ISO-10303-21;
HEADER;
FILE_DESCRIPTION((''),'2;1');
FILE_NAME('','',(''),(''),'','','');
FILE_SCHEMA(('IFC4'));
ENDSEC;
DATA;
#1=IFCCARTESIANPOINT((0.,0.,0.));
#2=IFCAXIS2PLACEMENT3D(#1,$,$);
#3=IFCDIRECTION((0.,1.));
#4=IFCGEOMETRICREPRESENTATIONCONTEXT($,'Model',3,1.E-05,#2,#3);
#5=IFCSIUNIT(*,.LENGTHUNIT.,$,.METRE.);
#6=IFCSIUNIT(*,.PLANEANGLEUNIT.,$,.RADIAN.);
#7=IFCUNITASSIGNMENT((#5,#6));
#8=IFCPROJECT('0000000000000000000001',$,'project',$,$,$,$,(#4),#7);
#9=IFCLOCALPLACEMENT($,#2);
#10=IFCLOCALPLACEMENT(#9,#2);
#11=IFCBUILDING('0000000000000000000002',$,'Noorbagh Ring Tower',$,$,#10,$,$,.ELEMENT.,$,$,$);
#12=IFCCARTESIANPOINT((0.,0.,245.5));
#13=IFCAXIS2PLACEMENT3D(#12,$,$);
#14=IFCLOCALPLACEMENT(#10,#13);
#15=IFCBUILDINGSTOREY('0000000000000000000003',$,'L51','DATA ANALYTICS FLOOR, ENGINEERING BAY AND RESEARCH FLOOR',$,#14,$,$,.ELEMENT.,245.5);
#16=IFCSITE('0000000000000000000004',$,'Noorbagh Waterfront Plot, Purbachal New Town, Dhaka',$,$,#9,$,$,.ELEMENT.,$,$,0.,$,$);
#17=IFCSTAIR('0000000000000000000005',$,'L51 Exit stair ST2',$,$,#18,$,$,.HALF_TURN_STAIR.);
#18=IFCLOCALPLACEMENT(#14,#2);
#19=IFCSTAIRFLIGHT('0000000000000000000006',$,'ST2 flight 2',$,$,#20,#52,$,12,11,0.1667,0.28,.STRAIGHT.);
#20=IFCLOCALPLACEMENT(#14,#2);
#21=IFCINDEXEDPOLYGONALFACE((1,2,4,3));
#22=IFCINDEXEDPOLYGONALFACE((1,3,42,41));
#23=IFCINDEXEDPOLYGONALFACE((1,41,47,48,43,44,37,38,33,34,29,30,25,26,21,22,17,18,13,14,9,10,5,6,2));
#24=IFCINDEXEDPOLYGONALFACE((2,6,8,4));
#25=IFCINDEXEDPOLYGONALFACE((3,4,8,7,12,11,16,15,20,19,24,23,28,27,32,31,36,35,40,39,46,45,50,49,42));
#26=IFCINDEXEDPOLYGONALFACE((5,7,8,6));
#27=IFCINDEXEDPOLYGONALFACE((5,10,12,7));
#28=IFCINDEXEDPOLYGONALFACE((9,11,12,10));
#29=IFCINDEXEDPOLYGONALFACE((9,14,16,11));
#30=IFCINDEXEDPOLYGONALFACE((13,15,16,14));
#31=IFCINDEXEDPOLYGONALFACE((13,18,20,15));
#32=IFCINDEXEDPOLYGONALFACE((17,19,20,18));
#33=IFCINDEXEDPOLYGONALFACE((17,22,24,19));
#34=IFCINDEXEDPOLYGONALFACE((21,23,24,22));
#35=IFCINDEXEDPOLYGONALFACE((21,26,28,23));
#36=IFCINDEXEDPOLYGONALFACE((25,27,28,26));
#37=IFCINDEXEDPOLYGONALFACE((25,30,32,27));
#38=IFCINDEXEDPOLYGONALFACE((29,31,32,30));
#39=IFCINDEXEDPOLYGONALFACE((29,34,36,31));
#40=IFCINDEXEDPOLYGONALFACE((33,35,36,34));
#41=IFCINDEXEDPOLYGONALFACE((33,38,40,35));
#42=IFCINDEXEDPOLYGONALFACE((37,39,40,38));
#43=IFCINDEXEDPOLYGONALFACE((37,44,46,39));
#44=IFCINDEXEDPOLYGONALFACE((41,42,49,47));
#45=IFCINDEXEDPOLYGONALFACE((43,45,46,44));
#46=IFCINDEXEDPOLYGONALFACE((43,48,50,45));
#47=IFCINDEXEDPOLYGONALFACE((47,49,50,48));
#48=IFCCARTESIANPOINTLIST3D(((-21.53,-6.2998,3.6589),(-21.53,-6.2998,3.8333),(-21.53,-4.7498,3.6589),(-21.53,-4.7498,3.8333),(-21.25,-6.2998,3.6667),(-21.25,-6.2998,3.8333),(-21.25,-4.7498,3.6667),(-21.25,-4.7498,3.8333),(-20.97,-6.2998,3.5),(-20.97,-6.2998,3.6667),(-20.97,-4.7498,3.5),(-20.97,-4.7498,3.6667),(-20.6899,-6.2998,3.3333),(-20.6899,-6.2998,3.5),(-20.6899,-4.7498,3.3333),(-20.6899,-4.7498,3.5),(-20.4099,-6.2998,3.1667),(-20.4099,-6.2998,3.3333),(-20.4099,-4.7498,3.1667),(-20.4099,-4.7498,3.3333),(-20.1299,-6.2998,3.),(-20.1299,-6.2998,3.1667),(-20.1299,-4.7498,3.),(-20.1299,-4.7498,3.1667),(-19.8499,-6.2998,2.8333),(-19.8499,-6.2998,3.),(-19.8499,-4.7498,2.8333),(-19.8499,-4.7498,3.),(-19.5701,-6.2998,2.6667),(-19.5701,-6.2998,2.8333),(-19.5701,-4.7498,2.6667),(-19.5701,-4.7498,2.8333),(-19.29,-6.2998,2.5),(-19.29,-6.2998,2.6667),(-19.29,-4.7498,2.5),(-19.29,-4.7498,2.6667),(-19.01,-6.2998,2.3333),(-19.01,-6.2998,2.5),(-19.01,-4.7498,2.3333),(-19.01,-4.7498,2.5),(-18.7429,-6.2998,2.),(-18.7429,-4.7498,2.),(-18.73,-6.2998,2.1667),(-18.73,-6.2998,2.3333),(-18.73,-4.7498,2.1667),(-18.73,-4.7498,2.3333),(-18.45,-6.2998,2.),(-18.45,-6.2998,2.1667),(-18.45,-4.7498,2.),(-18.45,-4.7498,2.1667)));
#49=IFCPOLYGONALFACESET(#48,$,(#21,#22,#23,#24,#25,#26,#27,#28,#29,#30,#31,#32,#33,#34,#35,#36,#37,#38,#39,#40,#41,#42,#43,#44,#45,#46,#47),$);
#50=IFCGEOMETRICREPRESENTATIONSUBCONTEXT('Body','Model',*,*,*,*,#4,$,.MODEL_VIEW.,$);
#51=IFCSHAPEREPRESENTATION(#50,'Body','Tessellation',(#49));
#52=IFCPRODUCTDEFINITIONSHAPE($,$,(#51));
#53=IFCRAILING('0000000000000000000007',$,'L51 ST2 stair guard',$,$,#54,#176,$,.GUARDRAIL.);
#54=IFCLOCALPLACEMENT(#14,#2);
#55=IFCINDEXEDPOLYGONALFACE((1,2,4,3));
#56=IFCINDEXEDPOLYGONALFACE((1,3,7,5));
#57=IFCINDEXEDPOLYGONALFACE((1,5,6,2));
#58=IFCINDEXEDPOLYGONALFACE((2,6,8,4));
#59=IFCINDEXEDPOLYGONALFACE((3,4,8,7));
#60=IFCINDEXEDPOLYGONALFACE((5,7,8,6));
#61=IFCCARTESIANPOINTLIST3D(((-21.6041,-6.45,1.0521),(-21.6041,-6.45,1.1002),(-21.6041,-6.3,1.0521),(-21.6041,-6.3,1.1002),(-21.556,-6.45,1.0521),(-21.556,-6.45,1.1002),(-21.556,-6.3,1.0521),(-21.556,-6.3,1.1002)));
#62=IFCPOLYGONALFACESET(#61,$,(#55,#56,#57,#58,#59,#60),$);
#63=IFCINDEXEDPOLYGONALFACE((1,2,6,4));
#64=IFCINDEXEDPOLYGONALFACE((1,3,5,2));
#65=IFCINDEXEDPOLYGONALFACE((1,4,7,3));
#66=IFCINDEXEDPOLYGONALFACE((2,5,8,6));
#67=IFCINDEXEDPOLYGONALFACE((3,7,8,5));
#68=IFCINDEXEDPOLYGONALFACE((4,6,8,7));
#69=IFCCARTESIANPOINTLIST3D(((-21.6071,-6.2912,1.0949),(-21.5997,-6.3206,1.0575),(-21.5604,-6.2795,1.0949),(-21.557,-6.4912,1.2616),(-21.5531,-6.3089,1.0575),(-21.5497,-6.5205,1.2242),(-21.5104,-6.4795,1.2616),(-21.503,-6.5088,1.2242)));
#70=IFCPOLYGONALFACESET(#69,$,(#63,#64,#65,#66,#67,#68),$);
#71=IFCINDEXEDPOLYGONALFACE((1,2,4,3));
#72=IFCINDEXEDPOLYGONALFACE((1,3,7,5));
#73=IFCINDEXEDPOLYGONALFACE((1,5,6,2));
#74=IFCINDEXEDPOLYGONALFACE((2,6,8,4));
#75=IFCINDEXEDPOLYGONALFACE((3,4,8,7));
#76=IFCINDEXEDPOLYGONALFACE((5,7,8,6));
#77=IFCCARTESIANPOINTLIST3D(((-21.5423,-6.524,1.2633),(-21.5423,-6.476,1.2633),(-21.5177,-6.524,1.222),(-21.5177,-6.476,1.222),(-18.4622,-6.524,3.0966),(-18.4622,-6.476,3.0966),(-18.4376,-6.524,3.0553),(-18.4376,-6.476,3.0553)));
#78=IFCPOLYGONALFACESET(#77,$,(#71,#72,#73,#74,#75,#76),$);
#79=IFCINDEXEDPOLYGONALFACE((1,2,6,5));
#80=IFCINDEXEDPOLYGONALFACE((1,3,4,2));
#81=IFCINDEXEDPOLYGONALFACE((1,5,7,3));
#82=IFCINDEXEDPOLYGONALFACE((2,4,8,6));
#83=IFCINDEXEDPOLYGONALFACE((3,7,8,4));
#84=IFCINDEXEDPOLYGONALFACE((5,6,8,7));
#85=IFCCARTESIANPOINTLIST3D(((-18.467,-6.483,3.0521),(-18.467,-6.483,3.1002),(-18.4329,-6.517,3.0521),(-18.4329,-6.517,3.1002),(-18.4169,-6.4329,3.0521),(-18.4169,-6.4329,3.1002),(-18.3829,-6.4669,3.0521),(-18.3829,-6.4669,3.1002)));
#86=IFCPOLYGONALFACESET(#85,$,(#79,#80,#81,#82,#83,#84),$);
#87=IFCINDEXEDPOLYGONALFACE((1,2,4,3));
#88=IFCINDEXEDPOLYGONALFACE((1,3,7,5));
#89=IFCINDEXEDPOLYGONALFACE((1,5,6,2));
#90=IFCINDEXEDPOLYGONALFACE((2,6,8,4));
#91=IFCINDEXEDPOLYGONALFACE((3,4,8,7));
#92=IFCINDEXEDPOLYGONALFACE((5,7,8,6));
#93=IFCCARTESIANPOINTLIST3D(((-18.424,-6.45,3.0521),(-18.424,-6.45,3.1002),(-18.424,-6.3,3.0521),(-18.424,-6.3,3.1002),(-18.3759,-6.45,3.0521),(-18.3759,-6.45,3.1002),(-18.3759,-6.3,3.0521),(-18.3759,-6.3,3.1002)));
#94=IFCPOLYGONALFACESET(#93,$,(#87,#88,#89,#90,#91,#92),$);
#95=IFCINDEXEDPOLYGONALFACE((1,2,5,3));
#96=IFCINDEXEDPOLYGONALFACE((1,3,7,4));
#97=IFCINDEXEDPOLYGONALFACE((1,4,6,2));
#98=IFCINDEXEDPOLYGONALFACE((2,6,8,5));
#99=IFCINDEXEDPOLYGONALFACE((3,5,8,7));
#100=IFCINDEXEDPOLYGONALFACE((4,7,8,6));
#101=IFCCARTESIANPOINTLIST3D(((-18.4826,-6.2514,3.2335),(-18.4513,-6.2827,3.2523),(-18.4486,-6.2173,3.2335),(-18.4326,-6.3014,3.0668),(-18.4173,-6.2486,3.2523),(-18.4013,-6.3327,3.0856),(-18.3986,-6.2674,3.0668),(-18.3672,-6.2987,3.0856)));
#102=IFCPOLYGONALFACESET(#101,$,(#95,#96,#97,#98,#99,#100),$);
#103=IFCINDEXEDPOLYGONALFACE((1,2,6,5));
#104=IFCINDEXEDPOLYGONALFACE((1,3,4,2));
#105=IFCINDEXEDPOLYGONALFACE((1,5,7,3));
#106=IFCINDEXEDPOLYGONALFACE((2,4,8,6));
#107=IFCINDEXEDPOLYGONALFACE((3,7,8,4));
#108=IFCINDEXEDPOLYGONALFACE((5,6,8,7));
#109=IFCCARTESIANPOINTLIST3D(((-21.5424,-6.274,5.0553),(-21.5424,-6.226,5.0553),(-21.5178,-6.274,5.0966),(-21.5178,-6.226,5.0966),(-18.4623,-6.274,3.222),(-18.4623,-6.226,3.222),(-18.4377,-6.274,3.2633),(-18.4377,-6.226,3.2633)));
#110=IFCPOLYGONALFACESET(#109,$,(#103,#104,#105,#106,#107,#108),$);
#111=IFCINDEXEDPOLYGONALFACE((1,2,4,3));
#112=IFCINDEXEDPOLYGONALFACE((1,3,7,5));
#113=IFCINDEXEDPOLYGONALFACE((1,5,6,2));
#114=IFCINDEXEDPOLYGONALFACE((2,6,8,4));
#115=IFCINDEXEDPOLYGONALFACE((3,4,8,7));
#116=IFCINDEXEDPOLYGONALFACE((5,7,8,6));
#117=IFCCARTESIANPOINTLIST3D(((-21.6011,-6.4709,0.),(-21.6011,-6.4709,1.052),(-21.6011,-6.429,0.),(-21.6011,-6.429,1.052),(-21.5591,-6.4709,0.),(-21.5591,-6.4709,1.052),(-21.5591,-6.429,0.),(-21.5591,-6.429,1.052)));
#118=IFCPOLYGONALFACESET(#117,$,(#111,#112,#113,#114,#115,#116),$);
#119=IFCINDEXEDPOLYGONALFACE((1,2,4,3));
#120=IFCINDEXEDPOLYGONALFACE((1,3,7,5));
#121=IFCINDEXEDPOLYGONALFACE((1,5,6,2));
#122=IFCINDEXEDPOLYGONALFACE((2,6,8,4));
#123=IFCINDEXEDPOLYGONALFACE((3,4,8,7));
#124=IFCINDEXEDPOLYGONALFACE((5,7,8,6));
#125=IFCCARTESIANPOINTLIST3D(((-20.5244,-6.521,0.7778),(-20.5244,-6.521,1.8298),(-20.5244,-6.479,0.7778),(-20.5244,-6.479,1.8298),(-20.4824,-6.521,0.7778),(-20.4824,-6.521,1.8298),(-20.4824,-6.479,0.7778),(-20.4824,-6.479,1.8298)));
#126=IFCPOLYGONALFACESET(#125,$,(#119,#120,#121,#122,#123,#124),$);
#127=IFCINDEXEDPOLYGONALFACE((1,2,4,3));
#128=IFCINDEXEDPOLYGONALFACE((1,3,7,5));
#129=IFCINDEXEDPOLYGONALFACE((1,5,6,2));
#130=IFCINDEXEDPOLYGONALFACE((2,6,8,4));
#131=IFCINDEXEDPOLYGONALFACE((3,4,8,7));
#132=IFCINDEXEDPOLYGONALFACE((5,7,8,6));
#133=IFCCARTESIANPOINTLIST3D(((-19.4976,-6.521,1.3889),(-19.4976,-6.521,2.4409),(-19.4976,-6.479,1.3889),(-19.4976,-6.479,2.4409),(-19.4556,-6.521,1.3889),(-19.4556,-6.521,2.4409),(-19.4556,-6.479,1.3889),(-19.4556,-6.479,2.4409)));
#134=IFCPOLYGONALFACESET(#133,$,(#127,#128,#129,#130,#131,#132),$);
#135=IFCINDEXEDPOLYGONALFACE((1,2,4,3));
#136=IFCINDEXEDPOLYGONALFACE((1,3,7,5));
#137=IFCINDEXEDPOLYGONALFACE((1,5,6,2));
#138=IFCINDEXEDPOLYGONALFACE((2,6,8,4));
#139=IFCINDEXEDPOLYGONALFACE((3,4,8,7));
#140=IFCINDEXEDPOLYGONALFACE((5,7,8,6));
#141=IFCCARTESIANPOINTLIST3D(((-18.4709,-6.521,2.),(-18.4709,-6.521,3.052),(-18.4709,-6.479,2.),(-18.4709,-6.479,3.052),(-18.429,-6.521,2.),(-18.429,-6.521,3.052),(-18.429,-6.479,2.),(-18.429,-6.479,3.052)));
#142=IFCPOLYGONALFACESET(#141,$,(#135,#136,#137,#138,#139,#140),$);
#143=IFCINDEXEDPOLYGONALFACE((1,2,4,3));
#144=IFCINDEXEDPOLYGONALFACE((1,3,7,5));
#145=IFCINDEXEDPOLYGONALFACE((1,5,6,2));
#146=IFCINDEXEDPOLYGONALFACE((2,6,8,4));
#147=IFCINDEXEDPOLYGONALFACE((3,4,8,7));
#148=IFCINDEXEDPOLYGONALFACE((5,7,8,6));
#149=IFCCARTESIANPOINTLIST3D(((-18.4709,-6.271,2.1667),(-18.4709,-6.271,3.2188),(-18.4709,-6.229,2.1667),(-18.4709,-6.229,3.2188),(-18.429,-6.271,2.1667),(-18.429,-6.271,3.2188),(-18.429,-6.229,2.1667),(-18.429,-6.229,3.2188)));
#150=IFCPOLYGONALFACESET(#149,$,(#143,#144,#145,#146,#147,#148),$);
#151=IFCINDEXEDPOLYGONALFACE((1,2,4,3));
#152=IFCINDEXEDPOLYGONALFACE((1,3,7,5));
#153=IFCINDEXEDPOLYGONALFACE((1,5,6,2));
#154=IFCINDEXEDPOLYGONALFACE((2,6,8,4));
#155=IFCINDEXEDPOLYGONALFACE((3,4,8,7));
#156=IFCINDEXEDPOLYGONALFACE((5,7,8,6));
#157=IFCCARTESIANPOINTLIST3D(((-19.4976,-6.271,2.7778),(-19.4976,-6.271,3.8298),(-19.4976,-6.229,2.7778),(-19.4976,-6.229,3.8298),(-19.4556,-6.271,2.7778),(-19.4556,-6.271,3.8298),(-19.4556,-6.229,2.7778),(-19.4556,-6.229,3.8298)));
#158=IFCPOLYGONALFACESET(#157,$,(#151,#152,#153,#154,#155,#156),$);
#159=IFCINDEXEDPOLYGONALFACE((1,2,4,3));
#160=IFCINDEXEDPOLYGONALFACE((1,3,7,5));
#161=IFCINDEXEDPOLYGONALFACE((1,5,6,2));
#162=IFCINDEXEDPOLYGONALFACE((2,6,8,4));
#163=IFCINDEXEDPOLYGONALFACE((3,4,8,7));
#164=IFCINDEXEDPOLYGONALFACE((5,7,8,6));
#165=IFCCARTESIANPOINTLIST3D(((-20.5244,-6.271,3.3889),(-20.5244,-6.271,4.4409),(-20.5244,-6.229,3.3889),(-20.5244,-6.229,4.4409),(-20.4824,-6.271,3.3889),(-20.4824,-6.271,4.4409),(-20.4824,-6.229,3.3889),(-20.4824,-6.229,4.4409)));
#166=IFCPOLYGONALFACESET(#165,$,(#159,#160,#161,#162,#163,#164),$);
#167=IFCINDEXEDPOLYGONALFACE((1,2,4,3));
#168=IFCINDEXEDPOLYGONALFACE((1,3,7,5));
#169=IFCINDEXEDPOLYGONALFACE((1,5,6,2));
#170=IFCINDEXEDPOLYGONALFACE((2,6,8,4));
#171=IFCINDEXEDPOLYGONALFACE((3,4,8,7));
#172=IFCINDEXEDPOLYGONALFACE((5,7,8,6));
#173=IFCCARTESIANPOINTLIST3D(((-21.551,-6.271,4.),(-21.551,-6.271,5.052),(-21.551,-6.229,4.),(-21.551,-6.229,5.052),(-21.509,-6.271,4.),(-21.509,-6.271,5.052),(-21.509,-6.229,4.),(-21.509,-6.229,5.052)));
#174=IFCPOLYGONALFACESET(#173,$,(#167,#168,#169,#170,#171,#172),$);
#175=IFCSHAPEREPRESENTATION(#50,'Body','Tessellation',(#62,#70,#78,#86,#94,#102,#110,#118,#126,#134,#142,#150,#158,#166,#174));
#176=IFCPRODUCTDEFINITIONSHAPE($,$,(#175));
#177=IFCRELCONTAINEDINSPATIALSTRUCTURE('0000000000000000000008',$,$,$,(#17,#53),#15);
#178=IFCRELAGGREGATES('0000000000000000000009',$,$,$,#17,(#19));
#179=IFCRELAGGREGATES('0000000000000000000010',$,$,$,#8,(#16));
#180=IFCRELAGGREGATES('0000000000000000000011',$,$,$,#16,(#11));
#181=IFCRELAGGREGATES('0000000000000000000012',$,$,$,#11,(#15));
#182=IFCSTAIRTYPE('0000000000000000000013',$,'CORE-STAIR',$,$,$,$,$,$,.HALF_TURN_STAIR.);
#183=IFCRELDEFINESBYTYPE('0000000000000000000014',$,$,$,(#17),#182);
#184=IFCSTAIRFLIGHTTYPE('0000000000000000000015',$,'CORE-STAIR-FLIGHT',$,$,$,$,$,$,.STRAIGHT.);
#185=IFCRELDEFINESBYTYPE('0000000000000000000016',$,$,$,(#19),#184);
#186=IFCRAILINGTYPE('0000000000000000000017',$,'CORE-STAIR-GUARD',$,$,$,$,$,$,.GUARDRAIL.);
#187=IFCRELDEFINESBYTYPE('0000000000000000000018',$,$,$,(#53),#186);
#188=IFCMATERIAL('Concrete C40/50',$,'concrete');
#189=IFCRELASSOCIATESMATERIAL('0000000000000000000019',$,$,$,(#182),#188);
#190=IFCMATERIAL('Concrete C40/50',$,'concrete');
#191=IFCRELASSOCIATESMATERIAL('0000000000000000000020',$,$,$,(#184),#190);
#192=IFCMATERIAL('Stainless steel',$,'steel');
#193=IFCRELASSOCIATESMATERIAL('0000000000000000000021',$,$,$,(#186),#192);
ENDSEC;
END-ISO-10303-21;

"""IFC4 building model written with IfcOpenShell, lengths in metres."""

from ifc_helpers import new_model, si_unit, direction, frame, origin, origin_2d, place, context, subcontext, project, spatial, polyline, rectangle, outline, extrude, material, type_object, element, aggregate, save


model = new_model("IFC4")

# Units and contexts
model_context = context("Model", 3, precision=1e-05, world=origin(), true_north=direction((0.0, 1.0)))
body_context = subcontext(model_context, "Body", "Model", "MODEL_VIEW")
ifc_project = project(units=[si_unit("LENGTHUNIT", "METRE"), si_unit("PLANEANGLEUNIT", "RADIAN")], contexts=[model_context])

# Site, building, storey
site_placement = place(None, origin())
site = spatial("IfcSite", under=ifc_project, at=site_placement, Name="Noorbagh Waterfront Plot, Purbachal New Town, Dhaka", CompositionType="ELEMENT", RefElevation=0.0)
building_placement = place(site_placement, origin())
building = spatial("IfcBuilding", under=site, at=building_placement, Name="Noorbagh Ring Tower", CompositionType="ELEMENT")
storey_placement = place(building_placement, frame((0.0, 0.0, 245.5)))
storey = spatial("IfcBuildingStorey", under=building, at=storey_placement, Name="L51", Description="DATA ANALYTICS FLOOR, ENGINEERING BAY AND RESEARCH FLOOR", CompositionType="ELEMENT", Elevation=245.5)

# Stair, stair flight
ifc_material_1 = material(Name="Concrete C40/50", Category="concrete")
stair_type = type_object("IfcStairType", Name="CORE-STAIR", PredefinedType="HALF_TURN_STAIR", material=ifc_material_1)
stair_placement = place(storey_placement, origin())
stair = element("IfcStair", 1, at=stair_placement, inside=storey, type_object=stair_type, Name="L51 Exit stair ST2", PredefinedType="HALF_TURN_STAIR")
ifc_material_2 = material(Name="Concrete C40/50", Category="concrete")
stair_flight_type = type_object("IfcStairFlightType", Name="CORE-STAIR-FLIGHT", PredefinedType="STRAIGHT", material=ifc_material_2)
stair_flight_1_placement = place(storey_placement, frame((-18.45, -5.5249, 2.0), z_axis=(0.0, 0.0, 1.0), x_axis=(-1.0, 0.0, 0.0)))
stair_flight_1 = element("IfcStairFlight", 2, at=stair_flight_1_placement, type_object=stair_flight_type, Name="ST2 flight 2", NumberOfRisers=12, NumberOfTreads=11, PredefinedType="STRAIGHT", RiserHeight=0.1667, TreadLength=0.28, context=body_context, shape_type="SweptSolid", body=[
    extrude(outline(polyline([(0.0, 0.0), (0.0, 0.1667), (0.28, 0.1667), (0.28, 0.3333), (0.5601, 0.3333), (0.5601, 0.5), (0.8401, 0.5), (0.8401, 0.6667), (1.1201, 0.6667), (1.1201, 0.8333), (1.3999, 0.8333), (1.3999, 1.0), (1.6799, 1.0), (1.6799, 1.1667), (1.96, 1.1667), (1.96, 1.3333), (2.24, 1.3333), (2.24, 1.5), (2.52, 1.5), (2.52, 1.6667), (2.8, 1.6667), (2.8, 1.8333), (3.0801, 1.8333), (3.0801, 2.0), (3.0801, 1.6589), (0.293, 0.0), (0.0, 0.0)])), frame((0.0, 0.7749, 0.0), z_axis=(0.0, -1.0, 0.0), x_axis=(1.0, 0.0, 0.0)), (0.0, 0.0, 1.0), 1.55),
])
aggregate(stair, [stair_flight_1])

# Railing
ifc_material_3 = material(Name="Stainless steel", Category="steel")
railing_type_1 = type_object("IfcRailingType", Name="CORE-STAIR-GUARD", PredefinedType="GUARDRAIL", material=ifc_material_3)
railing_1_placement = place(storey_placement, frame((-21.5801, -6.45, 0.0)))
element("IfcRailing", 3, at=railing_1_placement, inside=storey, type_object=railing_type_1, Name="L51 ST2 stair guard", PredefinedType="GUARDRAIL", context=body_context, shape_type="SweptSolid", body=[
    extrude(rectangle(XDim=0.0481, YDim=0.0481, at=origin_2d()), frame((0.0, 0.0, 1.0762), z_axis=(0.0, 1.0, 0.0), x_axis=(-1.0, 0.0, 0.0)), (0.0, 0.0, 1.0), 0.1499),
    extrude(rectangle(XDim=0.0481, YDim=0.0481, at=origin_2d()), frame((0.0, 0.1499, 1.0762), z_axis=(0.188776, -0.754182, 0.628946), x_axis=(0.970073, 0.242814, 0.0)), (0.0, 0.0, 1.0), 0.2651),
    extrude(rectangle(XDim=0.0481, YDim=0.0481, at=origin_2d()), frame((0.05, -0.05, 1.2427), z_axis=(0.859309, 0.0, 0.511458), x_axis=(0.0, 1.0, 0.0)), (0.0, 0.0, 1.0), 3.5845),
    extrude(rectangle(XDim=0.0481, YDim=0.0481, at=origin_2d()), frame((3.1301, -0.05, 3.0762), z_axis=(0.707107, 0.707107, 0.0), x_axis=(-0.707107, 0.707107, 0.0)), (0.0, 0.0, 1.0), 0.0708),
    extrude(rectangle(XDim=0.0481, YDim=0.0481, at=origin_2d()), frame((3.1802, 0.0, 3.0762), z_axis=(0.0, 1.0, 0.0), x_axis=(-1.0, 0.0, 0.0)), (0.0, 0.0, 1.0), 0.1499),
    extrude(rectangle(XDim=0.0481, YDim=0.0481, at=origin_2d()), frame((3.1802, 0.1499, 3.0762), z_axis=(-0.276287, 0.276287, 0.920506), x_axis=(-0.707107, -0.707107, 0.0)), (0.0, 0.0, 1.0), 0.1812),
    extrude(rectangle(XDim=0.0481, YDim=0.0481, at=origin_2d()), frame((3.1301, 0.2, 3.2427), z_axis=(-0.859309, 0.0, 0.511458), x_axis=(0.0, -1.0, 0.0)), (0.0, 0.0, 1.0), 3.5845),
    extrude(rectangle(XDim=0.042, YDim=0.042, at=origin_2d()), origin(), (0.0, 0.0, 1.0), 1.052),
    extrude(rectangle(XDim=0.042, YDim=0.042, at=origin_2d()), frame((1.0767, -0.05, 0.7778)), (0.0, 0.0, 1.0), 1.052),
    extrude(rectangle(XDim=0.042, YDim=0.042, at=origin_2d()), frame((2.1035, -0.05, 1.3889)), (0.0, 0.0, 1.0), 1.052),
    extrude(rectangle(XDim=0.042, YDim=0.042, at=origin_2d()), frame((3.1301, -0.05, 2.0)), (0.0, 0.0, 1.0), 1.052),
    extrude(rectangle(XDim=0.042, YDim=0.042, at=origin_2d()), frame((3.1301, 0.2, 2.1667)), (0.0, 0.0, 1.0), 1.052),
    extrude(rectangle(XDim=0.042, YDim=0.042, at=origin_2d()), frame((2.1035, 0.2, 2.7778)), (0.0, 0.0, 1.0), 1.052),
    extrude(rectangle(XDim=0.042, YDim=0.042, at=origin_2d()), frame((1.0767, 0.2, 3.3889)), (0.0, 0.0, 1.0), 1.052),
    extrude(rectangle(XDim=0.042, YDim=0.042, at=origin_2d()), frame((0.05, 0.2, 4.0)), (0.0, 0.0, 1.0), 1.052),
])

save(model, "model.ifc")
